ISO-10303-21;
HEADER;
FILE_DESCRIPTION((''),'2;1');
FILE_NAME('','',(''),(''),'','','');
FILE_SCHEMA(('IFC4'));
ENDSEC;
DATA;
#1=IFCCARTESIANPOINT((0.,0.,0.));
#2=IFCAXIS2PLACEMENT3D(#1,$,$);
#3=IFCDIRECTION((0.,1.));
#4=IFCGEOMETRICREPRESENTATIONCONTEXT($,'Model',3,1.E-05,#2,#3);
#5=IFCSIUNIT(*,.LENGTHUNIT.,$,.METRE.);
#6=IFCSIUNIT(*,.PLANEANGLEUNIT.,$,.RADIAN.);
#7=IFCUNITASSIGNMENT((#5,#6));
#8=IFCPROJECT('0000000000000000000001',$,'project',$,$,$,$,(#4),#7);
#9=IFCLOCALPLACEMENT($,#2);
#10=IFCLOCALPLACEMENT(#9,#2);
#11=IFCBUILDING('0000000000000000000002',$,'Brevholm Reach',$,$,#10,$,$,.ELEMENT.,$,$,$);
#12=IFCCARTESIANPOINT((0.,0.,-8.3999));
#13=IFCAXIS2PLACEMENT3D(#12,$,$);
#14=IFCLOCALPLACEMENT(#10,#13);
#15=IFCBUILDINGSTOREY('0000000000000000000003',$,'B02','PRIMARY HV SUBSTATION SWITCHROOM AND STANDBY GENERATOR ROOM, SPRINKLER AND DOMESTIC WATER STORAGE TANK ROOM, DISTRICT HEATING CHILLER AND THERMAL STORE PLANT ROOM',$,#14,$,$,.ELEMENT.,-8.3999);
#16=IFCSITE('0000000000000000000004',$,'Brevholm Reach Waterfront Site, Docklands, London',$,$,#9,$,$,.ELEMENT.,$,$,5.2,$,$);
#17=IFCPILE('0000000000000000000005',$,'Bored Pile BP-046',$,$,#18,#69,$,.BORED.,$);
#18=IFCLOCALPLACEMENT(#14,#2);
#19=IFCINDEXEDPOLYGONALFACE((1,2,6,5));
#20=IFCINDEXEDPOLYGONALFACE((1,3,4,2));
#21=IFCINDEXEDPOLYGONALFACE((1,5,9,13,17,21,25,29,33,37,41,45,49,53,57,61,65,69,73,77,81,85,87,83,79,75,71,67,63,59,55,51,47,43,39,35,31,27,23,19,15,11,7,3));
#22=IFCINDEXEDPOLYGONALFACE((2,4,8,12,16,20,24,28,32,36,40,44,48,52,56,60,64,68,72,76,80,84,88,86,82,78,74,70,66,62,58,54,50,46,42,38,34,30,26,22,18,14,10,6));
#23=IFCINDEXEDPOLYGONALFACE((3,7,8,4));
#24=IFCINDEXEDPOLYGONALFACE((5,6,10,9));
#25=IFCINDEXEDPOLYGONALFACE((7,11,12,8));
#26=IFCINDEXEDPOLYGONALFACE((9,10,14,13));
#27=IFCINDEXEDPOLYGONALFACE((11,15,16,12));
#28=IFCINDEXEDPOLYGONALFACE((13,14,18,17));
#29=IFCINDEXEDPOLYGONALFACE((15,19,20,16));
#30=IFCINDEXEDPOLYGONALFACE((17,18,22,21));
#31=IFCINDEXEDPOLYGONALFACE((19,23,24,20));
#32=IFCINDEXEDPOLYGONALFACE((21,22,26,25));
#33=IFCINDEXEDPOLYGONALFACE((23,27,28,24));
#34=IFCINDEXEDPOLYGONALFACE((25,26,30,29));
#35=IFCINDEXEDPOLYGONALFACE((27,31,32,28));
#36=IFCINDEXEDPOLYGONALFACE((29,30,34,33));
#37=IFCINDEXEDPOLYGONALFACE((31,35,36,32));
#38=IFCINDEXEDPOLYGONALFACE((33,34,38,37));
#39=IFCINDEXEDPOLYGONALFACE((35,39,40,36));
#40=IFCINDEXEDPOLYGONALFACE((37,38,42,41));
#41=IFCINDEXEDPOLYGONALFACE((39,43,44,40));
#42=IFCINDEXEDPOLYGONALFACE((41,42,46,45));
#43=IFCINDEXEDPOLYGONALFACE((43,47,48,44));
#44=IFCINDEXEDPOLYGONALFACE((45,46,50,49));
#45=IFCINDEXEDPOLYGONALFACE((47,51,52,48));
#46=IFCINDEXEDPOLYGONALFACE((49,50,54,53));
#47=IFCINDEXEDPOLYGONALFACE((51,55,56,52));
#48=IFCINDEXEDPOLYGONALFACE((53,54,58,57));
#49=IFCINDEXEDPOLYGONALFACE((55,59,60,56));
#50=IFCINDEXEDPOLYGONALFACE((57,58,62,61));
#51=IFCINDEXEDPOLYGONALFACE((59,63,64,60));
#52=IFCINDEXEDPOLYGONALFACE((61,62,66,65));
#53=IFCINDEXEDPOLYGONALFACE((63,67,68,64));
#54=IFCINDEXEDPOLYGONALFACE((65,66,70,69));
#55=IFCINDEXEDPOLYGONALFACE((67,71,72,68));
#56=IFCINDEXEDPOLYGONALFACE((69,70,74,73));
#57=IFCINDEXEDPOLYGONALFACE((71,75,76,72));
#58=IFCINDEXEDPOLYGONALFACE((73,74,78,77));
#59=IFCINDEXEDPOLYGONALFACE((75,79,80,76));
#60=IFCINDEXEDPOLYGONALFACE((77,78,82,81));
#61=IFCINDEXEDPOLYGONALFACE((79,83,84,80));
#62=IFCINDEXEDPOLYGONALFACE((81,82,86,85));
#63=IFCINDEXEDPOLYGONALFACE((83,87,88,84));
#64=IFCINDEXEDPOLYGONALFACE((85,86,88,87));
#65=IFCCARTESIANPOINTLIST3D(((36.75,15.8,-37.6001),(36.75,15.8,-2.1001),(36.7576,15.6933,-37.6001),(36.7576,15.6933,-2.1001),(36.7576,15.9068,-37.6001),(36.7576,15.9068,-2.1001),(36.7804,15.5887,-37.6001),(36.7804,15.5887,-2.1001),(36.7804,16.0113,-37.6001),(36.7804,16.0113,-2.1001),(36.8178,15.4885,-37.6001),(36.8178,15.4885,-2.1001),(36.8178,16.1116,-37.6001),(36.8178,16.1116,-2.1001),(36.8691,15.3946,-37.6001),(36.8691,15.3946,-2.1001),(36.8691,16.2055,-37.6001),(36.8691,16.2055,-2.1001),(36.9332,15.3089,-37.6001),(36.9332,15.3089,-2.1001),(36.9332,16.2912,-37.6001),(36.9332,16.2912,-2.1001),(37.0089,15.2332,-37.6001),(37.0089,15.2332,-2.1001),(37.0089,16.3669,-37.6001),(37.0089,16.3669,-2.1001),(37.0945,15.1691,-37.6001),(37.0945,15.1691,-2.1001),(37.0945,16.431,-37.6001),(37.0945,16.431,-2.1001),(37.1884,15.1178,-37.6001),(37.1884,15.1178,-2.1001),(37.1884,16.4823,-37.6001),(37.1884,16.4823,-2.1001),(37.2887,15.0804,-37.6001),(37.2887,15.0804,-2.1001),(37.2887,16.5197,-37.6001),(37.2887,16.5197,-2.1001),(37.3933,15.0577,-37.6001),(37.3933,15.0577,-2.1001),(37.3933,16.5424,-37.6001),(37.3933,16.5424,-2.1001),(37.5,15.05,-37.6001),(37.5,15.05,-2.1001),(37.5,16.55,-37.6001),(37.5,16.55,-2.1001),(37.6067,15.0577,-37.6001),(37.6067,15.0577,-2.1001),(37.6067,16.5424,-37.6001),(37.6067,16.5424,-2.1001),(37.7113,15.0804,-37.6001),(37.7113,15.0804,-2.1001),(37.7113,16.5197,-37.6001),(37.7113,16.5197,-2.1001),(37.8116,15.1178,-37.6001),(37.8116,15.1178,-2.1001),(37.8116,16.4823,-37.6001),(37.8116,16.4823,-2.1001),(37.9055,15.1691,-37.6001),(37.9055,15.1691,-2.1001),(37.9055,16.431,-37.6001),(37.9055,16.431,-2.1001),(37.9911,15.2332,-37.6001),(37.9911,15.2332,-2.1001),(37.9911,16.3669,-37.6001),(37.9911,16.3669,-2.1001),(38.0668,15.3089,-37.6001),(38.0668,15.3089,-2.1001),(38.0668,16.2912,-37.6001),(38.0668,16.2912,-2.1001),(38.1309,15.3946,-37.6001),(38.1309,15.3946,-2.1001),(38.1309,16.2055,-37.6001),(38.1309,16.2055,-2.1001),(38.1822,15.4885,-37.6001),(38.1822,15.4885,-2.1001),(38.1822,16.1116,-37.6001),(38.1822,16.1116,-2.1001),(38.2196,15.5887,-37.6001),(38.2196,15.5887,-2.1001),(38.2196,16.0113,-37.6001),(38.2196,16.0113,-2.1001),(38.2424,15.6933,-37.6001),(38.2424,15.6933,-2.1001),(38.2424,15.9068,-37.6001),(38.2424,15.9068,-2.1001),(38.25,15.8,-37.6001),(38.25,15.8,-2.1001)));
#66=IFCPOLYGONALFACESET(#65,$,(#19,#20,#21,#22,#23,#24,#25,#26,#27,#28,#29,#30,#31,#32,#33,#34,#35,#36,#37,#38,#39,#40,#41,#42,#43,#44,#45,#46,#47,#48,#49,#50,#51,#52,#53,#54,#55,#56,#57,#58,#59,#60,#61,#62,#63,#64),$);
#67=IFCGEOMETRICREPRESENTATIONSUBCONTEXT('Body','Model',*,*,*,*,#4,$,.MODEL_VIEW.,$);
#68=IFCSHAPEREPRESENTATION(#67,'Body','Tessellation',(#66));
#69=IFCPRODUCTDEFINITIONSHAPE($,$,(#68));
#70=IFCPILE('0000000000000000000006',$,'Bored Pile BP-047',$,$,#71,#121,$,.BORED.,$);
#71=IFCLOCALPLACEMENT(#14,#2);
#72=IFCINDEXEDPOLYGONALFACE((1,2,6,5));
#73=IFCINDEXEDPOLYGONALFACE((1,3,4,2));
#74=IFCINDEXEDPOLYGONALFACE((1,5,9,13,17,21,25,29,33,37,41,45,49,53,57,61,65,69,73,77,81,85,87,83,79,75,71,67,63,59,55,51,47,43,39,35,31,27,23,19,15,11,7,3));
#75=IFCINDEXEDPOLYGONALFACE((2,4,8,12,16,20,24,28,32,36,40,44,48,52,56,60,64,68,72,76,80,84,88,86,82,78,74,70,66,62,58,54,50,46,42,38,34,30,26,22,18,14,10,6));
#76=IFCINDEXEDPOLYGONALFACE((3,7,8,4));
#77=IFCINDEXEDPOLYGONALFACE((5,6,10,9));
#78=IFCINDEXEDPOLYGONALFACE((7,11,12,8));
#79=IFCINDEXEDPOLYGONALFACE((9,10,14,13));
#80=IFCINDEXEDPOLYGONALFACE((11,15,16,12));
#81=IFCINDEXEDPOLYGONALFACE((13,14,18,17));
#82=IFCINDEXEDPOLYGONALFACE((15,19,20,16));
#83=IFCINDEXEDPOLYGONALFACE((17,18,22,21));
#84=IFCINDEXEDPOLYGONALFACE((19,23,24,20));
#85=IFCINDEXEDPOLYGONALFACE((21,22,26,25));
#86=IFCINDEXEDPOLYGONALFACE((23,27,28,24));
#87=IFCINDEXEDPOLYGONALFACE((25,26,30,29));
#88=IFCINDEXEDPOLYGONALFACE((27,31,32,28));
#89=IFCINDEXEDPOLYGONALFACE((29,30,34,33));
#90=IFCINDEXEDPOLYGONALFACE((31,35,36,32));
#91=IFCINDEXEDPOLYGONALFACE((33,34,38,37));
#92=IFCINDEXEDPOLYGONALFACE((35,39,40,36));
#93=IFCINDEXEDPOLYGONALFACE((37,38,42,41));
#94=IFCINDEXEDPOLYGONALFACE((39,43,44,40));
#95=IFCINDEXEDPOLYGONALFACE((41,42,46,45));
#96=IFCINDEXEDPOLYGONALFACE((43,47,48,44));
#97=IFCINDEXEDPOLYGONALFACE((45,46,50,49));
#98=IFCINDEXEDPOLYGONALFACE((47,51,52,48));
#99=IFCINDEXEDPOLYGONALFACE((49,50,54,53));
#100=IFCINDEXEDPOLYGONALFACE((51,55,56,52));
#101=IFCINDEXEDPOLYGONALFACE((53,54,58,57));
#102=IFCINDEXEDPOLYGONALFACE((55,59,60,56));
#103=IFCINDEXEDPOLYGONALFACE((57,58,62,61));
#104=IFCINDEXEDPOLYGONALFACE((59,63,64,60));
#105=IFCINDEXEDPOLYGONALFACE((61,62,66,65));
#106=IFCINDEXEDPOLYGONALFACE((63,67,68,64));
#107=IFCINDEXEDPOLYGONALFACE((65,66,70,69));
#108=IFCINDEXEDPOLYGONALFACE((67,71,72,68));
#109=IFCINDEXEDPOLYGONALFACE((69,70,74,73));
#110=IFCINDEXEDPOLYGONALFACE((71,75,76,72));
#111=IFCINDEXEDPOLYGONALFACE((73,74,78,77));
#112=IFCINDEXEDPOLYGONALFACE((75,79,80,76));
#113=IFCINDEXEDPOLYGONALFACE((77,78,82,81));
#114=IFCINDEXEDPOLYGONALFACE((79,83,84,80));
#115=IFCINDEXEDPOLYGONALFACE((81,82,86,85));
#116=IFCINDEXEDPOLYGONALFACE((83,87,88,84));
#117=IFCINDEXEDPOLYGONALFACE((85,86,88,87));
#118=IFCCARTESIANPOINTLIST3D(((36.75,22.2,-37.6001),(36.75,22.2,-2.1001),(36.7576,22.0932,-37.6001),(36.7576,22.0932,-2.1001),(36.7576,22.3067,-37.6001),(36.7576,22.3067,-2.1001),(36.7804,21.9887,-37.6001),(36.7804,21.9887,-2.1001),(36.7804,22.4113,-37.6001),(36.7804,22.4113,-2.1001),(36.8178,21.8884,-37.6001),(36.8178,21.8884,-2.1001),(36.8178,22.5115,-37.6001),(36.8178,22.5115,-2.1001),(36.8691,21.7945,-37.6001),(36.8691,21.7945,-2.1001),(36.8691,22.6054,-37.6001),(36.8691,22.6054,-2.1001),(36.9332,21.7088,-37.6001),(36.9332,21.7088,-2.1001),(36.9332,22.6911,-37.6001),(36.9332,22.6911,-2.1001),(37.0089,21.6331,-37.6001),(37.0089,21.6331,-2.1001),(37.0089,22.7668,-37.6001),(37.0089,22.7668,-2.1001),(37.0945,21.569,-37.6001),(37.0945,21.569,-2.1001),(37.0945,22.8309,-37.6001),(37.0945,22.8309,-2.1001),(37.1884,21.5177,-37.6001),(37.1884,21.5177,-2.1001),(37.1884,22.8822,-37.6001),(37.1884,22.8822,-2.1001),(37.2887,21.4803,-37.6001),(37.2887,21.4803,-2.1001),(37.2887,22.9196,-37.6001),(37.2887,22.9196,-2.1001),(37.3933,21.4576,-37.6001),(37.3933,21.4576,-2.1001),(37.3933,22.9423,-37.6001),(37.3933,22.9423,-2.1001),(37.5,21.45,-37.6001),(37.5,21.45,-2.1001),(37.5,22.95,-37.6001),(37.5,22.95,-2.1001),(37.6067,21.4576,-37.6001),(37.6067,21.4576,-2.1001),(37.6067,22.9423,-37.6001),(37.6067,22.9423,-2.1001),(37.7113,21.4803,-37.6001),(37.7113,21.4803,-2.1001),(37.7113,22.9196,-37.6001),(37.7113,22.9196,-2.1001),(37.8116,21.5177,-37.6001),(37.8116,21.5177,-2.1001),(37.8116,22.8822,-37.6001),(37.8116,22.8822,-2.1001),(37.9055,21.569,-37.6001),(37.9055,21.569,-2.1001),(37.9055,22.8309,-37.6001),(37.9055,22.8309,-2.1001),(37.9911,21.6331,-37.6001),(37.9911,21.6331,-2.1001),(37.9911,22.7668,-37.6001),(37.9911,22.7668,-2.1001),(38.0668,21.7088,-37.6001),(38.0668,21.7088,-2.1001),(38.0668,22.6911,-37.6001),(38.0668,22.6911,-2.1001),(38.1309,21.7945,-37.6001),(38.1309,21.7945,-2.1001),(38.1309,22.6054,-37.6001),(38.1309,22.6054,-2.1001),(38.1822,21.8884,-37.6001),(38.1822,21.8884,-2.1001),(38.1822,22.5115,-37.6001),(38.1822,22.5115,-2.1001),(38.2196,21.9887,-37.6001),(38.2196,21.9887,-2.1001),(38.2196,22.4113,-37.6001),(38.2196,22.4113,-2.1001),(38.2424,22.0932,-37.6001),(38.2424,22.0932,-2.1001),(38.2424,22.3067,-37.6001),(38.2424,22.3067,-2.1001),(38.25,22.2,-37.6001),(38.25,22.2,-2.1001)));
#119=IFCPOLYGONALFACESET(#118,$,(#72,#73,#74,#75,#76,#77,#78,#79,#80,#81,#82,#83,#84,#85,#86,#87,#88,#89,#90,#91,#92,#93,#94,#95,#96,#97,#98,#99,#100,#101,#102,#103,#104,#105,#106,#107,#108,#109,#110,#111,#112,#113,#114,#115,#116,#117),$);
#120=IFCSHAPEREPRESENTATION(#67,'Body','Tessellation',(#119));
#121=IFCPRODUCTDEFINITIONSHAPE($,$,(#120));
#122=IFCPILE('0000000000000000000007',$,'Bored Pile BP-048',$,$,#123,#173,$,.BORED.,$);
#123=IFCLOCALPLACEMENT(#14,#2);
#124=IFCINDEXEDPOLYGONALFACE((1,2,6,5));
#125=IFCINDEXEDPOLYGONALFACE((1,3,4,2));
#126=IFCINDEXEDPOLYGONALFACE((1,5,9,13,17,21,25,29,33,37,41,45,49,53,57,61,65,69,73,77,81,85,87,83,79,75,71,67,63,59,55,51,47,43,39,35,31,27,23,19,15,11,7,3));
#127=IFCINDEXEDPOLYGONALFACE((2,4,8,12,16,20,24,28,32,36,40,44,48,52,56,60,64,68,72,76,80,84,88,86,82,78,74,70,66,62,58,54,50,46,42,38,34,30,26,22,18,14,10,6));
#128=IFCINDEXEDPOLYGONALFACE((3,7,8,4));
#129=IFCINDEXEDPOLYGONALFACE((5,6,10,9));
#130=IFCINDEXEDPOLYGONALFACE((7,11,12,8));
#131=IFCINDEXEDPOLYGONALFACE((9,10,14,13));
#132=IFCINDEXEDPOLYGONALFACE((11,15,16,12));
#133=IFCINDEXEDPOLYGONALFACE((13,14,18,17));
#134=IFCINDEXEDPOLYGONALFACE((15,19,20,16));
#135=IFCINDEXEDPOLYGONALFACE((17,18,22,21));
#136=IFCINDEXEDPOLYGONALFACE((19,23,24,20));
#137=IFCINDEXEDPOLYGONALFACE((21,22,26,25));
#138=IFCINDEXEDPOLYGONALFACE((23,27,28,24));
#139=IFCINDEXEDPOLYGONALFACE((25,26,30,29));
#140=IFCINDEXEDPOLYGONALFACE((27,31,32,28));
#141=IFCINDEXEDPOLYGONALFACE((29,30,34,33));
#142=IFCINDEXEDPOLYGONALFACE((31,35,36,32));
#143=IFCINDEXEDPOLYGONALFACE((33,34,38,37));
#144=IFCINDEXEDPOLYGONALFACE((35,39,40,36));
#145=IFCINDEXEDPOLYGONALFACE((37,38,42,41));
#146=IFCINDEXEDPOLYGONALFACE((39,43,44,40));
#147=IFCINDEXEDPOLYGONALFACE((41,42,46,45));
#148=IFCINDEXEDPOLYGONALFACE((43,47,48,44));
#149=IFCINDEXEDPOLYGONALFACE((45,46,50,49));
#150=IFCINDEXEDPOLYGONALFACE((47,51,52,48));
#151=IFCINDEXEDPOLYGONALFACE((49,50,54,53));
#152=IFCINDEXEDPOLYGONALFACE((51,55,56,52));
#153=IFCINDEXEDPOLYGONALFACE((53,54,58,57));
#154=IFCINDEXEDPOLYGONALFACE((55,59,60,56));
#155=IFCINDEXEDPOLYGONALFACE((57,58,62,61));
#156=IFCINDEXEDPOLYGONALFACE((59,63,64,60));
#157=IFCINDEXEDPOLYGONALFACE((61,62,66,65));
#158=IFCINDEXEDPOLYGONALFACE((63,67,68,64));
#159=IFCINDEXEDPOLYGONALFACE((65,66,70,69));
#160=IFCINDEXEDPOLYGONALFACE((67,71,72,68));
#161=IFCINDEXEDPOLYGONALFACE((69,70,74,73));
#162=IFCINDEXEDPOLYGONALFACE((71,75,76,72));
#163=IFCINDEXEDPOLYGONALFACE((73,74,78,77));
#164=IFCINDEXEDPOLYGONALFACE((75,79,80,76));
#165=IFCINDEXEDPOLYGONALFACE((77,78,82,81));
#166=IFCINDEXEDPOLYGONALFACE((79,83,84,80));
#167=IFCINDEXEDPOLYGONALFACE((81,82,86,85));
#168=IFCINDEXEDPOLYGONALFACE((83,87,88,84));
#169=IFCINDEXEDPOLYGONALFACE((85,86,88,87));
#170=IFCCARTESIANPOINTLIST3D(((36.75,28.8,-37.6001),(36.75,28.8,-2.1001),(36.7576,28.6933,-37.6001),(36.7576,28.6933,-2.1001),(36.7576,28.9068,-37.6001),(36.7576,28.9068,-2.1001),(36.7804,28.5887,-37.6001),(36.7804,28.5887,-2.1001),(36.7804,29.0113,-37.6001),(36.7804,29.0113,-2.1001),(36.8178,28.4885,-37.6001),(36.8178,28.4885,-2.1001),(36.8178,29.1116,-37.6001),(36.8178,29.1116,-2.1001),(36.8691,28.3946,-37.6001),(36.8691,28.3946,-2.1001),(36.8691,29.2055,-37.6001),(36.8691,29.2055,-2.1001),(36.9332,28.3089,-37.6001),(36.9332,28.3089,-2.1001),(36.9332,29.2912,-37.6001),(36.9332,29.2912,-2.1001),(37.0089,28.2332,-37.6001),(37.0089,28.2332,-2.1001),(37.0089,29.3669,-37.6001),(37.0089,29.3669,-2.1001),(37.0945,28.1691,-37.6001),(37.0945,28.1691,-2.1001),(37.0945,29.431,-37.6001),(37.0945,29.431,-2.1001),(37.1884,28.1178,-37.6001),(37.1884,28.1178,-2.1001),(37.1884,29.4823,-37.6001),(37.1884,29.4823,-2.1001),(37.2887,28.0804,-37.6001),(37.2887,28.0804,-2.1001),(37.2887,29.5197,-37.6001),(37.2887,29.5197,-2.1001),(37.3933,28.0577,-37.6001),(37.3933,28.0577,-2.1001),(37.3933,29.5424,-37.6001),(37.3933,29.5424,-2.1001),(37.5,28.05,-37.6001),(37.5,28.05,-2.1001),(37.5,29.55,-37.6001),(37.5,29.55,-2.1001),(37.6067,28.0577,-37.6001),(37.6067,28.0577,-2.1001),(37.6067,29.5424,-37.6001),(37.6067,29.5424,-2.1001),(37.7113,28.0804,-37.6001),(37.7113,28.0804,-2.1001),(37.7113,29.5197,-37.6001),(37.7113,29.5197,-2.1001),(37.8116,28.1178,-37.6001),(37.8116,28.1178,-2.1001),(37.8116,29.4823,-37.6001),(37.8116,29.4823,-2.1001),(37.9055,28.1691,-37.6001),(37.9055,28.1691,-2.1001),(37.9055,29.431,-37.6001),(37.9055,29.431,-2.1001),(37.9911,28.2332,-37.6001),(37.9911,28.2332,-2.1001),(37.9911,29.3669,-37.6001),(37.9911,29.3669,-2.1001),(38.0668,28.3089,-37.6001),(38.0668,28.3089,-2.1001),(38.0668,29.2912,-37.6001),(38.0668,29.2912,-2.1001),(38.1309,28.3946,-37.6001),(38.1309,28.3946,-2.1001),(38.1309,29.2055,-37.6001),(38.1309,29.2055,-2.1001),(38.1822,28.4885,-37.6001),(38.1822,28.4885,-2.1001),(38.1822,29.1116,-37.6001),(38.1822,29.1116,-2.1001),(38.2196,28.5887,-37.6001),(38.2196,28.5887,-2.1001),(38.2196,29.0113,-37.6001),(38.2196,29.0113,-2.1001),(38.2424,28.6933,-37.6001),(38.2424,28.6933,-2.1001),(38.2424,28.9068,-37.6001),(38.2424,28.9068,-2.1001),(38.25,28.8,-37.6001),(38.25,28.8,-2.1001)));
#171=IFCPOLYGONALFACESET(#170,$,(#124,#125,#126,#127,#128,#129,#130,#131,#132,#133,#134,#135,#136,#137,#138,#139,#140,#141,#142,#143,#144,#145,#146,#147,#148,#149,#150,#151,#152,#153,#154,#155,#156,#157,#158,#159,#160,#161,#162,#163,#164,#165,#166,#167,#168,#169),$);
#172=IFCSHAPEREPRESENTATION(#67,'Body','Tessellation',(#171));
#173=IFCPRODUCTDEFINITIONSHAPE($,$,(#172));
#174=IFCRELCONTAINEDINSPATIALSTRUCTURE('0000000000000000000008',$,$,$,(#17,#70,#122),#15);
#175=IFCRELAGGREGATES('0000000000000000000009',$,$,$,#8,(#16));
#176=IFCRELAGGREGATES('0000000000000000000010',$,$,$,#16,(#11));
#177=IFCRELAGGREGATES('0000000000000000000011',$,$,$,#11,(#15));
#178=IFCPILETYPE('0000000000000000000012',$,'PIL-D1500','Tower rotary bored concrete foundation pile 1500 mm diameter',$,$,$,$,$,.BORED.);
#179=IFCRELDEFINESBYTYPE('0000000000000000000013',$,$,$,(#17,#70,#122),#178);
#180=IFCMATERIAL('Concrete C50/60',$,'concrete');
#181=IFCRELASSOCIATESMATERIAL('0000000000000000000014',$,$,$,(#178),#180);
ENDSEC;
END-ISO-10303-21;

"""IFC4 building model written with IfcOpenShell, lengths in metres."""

from ifc_helpers import new_model, si_unit, direction, frame, origin, origin_2d, place, context, subcontext, project, spatial, circle, extrude, material, material_profile, profile_set, type_object, element, save


model = new_model("IFC4")

# Units and contexts
model_context = context("Model", 3, precision=1e-05, world=origin(), true_north=direction((0.0, 1.0)))
body_context = subcontext(model_context, "Body", "Model", "MODEL_VIEW")
ifc_project = project(units=[si_unit("LENGTHUNIT", "METRE"), si_unit("PLANEANGLEUNIT", "RADIAN")], contexts=[model_context])

# Site, building, storey
site_placement = place(None, origin())
site = spatial("IfcSite", under=ifc_project, at=site_placement, Name="Brevholm Reach Waterfront Site, Docklands, London", CompositionType="ELEMENT", RefElevation=5.2)
building_placement = place(site_placement, origin())
building = spatial("IfcBuilding", under=site, at=building_placement, Name="Brevholm Reach", CompositionType="ELEMENT")
storey_placement = place(building_placement, frame((0.0, 0.0, -8.3999)))
storey = spatial("IfcBuildingStorey", under=building, at=storey_placement, Name="B02", Description="PRIMARY HV SUBSTATION SWITCHROOM AND STANDBY GENERATOR ROOM, SPRINKLER AND DOMESTIC WATER STORAGE TANK ROOM, DISTRICT HEATING CHILLER AND THERMAL STORE PLANT ROOM", CompositionType="ELEMENT", Elevation=-8.3999)

# Piles
ifc_material_1 = material(Name="Concrete C50/60", Category="concrete")
ifc_material_profile_1 = material_profile(ifc_material_1, circle(Radius=0.75, at=origin_2d()), Name="PILE D1500")
ifc_profile_set_1 = profile_set([ifc_material_profile_1], Name="Concrete C50/60")
pile_type = type_object("IfcPileType", Name="PIL-D1500", Description="Tower rotary bored concrete foundation pile 1500 mm diameter", PredefinedType="BORED", material=ifc_profile_set_1)
for number, where, z_axis, x_axis, name in (
    (1, (37.5, 15.8, -2.1001), (0.0, 0.0, -1.0), (1.0, 0.0, 0.0), "Bored Pile BP-046"),
    (2, (37.5, 22.2, -2.1001), (0.0, 0.0, -1.0), (1.0, 0.0, 0.0), "Bored Pile BP-047"),
    (3, (37.5, 28.8, -2.1001), (0.0, 0.0, -1.0), (1.0, 0.0, 0.0), "Bored Pile BP-048"),
):
    element("IfcPile", number, at=place(storey_placement, frame(where, z_axis=z_axis, x_axis=x_axis)), inside=storey, type_object=pile_type, Name=name, PredefinedType="BORED", context=body_context, shape_type="SweptSolid", body=[
        extrude(circle(Radius=0.75, at=origin_2d()), origin(), (0.0, 0.0, 1.0), 35.5),
    ])

save(model, "model.ifc")
